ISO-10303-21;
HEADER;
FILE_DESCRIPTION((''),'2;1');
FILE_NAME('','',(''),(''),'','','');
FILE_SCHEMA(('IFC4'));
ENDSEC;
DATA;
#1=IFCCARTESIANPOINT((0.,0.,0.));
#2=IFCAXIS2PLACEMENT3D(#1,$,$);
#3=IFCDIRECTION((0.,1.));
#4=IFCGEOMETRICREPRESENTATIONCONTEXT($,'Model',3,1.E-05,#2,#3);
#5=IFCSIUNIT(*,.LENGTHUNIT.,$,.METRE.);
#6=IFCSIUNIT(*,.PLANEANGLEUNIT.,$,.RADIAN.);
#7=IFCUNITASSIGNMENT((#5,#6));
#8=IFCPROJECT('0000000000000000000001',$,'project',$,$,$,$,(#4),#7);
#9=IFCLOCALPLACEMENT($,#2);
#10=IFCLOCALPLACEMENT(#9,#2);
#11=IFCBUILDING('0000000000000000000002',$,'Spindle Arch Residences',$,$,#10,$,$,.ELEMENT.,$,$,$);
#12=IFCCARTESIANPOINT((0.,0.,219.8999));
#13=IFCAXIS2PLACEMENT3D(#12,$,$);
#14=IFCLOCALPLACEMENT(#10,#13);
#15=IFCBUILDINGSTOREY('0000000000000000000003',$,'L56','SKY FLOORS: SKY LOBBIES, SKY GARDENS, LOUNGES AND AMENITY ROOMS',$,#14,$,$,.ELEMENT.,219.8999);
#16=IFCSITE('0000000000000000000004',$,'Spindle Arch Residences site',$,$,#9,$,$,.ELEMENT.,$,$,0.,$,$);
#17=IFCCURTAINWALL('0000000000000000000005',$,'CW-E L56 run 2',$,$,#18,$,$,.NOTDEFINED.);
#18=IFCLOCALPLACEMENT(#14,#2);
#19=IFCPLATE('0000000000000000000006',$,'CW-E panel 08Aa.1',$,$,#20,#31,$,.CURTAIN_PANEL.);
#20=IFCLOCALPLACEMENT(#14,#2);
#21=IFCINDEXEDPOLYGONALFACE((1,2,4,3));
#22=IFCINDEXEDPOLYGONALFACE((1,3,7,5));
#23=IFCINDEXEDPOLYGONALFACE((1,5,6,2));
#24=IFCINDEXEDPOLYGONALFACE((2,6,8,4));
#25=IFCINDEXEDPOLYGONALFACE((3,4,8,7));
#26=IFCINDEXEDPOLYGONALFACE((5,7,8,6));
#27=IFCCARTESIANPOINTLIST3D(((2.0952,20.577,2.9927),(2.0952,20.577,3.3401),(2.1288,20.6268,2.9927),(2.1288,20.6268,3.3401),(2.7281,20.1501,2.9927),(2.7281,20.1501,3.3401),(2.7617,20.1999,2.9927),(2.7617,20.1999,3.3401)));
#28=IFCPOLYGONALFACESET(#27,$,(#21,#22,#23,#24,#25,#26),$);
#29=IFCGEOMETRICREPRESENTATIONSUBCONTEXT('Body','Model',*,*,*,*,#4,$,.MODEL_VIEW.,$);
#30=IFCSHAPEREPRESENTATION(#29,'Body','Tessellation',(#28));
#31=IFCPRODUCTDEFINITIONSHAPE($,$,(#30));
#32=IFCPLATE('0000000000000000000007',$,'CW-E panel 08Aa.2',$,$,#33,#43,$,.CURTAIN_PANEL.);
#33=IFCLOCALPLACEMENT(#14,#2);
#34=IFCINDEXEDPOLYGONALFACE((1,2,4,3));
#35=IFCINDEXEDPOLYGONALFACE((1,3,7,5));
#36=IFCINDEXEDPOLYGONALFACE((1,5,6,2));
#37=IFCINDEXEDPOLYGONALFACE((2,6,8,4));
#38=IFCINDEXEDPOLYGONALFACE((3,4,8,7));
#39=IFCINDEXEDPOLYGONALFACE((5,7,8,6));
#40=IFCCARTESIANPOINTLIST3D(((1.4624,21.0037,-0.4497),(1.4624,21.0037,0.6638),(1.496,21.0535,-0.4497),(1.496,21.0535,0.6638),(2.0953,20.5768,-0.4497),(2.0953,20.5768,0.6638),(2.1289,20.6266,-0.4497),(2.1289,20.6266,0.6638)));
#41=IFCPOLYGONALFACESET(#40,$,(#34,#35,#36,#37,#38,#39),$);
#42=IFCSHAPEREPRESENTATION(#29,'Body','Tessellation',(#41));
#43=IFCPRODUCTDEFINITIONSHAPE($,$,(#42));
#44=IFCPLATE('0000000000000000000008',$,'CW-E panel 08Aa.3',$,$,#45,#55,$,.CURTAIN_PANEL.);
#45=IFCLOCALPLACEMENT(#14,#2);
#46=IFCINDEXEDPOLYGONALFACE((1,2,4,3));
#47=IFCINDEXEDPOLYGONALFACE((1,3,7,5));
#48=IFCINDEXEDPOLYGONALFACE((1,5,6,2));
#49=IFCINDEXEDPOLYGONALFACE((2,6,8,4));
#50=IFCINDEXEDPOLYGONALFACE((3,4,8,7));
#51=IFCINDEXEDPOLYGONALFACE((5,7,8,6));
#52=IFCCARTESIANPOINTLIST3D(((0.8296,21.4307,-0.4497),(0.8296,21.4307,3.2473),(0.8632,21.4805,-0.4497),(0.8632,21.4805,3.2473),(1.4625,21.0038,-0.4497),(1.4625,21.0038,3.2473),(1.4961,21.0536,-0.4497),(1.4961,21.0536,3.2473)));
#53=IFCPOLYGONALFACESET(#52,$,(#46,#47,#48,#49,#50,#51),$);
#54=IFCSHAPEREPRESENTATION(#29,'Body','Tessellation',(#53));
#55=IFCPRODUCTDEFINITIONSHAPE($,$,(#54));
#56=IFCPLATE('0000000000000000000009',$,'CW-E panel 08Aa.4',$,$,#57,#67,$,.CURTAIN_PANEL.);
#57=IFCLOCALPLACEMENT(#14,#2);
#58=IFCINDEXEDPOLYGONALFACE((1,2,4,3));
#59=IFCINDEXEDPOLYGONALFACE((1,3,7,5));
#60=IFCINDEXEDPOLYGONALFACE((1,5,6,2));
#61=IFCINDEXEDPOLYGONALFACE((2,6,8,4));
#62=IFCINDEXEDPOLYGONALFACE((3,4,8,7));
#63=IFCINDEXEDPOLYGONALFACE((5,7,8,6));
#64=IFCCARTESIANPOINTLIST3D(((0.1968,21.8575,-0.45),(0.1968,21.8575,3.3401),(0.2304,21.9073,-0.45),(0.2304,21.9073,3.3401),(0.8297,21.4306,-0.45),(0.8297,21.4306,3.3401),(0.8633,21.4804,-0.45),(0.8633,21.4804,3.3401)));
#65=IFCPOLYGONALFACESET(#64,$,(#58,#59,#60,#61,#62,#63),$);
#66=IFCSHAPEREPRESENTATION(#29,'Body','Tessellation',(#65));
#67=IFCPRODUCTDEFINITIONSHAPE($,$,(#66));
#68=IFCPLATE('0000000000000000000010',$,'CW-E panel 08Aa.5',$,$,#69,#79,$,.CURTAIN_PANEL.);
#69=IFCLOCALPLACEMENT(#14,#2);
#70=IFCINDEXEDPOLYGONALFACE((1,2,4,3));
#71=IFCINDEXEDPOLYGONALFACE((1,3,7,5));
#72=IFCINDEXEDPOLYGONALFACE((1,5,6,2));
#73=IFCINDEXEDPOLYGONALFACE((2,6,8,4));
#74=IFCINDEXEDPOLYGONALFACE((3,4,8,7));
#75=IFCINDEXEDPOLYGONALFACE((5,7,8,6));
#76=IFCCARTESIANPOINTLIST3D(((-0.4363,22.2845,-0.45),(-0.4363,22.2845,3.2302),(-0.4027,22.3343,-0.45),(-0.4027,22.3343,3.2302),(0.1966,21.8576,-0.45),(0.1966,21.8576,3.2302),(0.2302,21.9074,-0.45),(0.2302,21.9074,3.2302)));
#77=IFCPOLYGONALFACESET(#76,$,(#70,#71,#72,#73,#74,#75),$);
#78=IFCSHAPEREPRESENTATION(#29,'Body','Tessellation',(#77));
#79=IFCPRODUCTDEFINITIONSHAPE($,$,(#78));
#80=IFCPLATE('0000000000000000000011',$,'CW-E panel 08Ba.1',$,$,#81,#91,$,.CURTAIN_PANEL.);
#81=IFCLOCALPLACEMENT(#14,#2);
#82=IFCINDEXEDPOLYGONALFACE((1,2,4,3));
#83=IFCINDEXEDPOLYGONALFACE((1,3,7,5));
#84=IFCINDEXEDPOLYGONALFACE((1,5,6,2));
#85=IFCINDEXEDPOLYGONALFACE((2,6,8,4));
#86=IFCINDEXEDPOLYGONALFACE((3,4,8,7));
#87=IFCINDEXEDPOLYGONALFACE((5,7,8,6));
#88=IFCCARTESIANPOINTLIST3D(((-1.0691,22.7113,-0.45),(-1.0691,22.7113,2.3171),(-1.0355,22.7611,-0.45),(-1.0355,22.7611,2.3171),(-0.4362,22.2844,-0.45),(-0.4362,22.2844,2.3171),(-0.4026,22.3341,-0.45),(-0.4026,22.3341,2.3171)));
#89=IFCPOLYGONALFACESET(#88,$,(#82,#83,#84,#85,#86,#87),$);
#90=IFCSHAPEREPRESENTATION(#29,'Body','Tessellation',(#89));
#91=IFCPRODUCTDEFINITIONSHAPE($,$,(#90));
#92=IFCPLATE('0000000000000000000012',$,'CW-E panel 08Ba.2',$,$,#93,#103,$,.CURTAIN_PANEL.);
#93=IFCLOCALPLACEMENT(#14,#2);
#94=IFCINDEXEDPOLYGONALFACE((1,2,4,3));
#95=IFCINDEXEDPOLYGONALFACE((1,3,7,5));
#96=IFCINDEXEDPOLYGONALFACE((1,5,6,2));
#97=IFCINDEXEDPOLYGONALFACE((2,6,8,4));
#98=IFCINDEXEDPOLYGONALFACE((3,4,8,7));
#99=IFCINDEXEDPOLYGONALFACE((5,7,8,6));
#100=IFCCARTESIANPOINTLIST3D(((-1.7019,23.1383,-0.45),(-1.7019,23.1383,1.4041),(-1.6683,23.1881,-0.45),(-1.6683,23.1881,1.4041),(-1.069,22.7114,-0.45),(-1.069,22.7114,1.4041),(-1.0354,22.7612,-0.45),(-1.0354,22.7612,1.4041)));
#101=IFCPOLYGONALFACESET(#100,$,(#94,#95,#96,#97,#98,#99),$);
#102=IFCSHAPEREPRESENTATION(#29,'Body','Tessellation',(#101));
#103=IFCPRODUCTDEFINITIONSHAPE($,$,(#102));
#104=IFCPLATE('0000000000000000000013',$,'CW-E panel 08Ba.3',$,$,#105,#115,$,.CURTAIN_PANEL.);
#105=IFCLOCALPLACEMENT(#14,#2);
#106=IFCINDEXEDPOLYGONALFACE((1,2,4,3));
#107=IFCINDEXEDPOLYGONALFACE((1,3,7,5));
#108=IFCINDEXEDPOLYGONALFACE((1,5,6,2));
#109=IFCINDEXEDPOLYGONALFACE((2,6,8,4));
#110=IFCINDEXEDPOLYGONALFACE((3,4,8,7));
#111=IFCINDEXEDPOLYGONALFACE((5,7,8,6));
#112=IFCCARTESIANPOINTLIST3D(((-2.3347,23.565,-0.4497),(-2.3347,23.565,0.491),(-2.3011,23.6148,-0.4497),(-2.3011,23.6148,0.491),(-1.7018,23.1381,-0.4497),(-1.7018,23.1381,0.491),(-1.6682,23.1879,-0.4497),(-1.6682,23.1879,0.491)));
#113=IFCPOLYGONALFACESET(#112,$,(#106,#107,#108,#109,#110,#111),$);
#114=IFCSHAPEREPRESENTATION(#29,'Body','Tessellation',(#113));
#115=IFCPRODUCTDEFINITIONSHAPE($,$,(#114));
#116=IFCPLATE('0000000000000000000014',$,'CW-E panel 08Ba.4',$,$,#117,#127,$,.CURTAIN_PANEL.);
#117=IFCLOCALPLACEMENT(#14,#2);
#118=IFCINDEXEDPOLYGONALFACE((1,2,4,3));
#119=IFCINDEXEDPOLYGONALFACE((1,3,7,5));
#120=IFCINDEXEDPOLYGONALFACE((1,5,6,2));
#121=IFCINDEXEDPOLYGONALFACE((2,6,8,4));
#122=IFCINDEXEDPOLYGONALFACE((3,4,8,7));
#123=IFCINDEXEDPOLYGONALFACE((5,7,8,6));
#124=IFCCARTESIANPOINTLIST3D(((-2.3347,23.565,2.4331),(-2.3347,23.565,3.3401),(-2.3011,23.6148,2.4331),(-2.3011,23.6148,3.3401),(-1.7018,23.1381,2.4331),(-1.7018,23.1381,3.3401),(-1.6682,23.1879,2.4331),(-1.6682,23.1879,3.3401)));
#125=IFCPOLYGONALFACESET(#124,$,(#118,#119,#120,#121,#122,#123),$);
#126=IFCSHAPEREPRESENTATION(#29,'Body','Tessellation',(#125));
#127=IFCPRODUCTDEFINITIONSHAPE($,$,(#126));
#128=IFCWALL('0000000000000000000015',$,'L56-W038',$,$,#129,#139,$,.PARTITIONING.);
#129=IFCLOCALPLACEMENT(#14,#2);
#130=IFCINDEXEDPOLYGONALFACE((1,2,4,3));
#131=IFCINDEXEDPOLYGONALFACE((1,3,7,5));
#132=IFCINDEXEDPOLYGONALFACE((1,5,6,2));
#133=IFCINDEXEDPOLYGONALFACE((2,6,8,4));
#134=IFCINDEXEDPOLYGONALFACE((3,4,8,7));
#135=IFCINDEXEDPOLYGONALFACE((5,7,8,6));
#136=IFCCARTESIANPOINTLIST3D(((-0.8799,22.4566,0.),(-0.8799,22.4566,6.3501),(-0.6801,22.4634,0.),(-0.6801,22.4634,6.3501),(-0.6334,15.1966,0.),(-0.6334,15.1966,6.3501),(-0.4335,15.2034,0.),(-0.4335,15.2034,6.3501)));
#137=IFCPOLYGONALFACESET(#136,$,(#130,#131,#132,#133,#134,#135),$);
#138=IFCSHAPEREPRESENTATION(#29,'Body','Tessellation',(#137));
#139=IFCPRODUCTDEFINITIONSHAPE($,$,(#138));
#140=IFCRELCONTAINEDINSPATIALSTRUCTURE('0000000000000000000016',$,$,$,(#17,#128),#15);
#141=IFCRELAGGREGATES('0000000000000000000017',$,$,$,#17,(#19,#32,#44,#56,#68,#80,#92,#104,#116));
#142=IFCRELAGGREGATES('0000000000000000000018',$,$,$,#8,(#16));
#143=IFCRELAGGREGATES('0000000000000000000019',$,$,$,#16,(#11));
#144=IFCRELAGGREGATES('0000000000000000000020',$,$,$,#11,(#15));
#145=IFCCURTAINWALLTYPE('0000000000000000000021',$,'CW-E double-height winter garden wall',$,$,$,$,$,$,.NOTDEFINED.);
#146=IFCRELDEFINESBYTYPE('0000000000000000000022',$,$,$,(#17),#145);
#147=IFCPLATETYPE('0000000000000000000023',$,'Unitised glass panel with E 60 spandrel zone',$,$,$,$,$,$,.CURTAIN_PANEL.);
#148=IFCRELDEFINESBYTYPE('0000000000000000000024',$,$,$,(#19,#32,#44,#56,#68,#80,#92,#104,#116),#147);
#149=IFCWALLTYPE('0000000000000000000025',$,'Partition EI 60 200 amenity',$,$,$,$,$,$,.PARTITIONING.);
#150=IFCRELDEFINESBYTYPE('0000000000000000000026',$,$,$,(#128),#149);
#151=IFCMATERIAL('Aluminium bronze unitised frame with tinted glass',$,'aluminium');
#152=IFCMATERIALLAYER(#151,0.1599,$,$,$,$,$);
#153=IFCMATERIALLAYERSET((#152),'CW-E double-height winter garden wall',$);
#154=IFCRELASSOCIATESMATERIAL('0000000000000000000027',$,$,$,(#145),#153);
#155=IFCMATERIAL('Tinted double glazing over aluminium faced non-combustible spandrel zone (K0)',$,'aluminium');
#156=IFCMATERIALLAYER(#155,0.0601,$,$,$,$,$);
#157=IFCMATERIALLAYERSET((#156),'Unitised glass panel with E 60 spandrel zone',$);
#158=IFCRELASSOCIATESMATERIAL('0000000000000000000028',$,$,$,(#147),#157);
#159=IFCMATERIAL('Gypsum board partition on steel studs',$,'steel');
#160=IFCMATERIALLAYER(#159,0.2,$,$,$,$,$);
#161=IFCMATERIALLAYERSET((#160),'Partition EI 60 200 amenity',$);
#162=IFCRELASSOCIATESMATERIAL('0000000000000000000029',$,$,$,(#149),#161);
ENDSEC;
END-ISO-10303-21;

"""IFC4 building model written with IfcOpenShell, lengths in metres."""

from ifc_helpers import new_model, si_unit, direction, frame, frame_2d, origin, origin_2d, place, context, subcontext, project, spatial, rectangle, extrude, material, layer, layer_set, type_object, element, aggregate, save


model = new_model("IFC4")

# Units and contexts
model_context = context("Model", 3, precision=1e-05, world=origin(), true_north=direction((0.0, 1.0)))
body_context = subcontext(model_context, "Body", "Model", "MODEL_VIEW")
ifc_project = project(units=[si_unit("LENGTHUNIT", "METRE"), si_unit("PLANEANGLEUNIT", "RADIAN")], contexts=[model_context])

# Site, building, storey
site_placement = place(None, origin())
site = spatial("IfcSite", under=ifc_project, at=site_placement, Name="Spindle Arch Residences site", CompositionType="ELEMENT", RefElevation=0.0)
building_placement = place(site_placement, origin())
building = spatial("IfcBuilding", under=site, at=building_placement, Name="Spindle Arch Residences", CompositionType="ELEMENT")
storey_placement = place(building_placement, frame((0.0, 0.0, 219.8999)))
storey = spatial("IfcBuildingStorey", under=building, at=storey_placement, Name="L56", Description="SKY FLOORS: SKY LOBBIES, SKY GARDENS, LOUNGES AND AMENITY ROOMS", CompositionType="ELEMENT", Elevation=219.8999)

# Curtain wall, plates
ifc_material_1 = material(Name="Aluminium bronze unitised frame with tinted glass", Category="aluminium")
ifc_layer_1 = layer(ifc_material_1, 0.1599)
ifc_layer_set_1 = layer_set([ifc_layer_1], Name="CW-E double-height winter garden wall")
curtain_wall_type = type_object("IfcCurtainWallType", Name="CW-E double-height winter garden wall", PredefinedType="NOTDEFINED", material=ifc_layer_set_1)
curtain_wall_placement = place(storey_placement, origin())
curtain_wall = element("IfcCurtainWall", 1, at=curtain_wall_placement, inside=storey, type_object=curtain_wall_type, Name="CW-E L56 run 2", PredefinedType="NOTDEFINED")
ifc_material_2 = material(Name="Tinted double glazing over aluminium faced non-combustible spandrel zone (K0)", Category="aluminium")
ifc_layer_2 = layer(ifc_material_2, 0.0601)
ifc_layer_set_2 = layer_set([ifc_layer_2], Name="Unitised glass panel with E 60 spandrel zone")
plate_type_1 = type_object("IfcPlateType", Name="Unitised glass panel with E 60 spandrel zone", PredefinedType="CURTAIN_PANEL", material=ifc_layer_set_2)
plate_1_placement = place(storey_placement, frame((2.4285, 20.3884, 2.9927), z_axis=(0.0, 0.0, 1.0), x_axis=(-0.829038, 0.559193, 0.0)))
plate_1 = element("IfcPlate", 2, at=plate_1_placement, type_object=plate_type_1, Name="CW-E panel 08Aa.1", PredefinedType="CURTAIN_PANEL", context=body_context, shape_type="SweptSolid", body=[
    extrude(rectangle(XDim=0.7634, YDim=0.0601, at=origin_2d()), origin(), (0.0, 0.0, 1.0), 0.3474),
])
plate_2_placement = place(storey_placement, frame((1.7957, 20.8152, -0.4497), z_axis=(0.0, 0.0, 1.0), x_axis=(-0.829038, 0.559193, 0.0)))
plate_2 = element("IfcPlate", 3, at=plate_2_placement, type_object=plate_type_1, Name="CW-E panel 08Aa.2", PredefinedType="CURTAIN_PANEL", context=body_context, shape_type="SweptSolid", body=[
    extrude(rectangle(XDim=0.7634, YDim=0.0601, at=origin_2d()), origin(), (0.0, 0.0, 1.0), 1.1135),
])
plate_3_placement = place(storey_placement, frame((1.1628, 21.2422, -0.4497), z_axis=(0.0, 0.0, 1.0), x_axis=(-0.829038, 0.559193, 0.0)))
plate_3 = element("IfcPlate", 4, at=plate_3_placement, type_object=plate_type_1, Name="CW-E panel 08Aa.3", PredefinedType="CURTAIN_PANEL", context=body_context, shape_type="SweptSolid", body=[
    extrude(rectangle(XDim=0.7634, YDim=0.0601, at=origin_2d()), origin(), (0.0, 0.0, 1.0), 3.697),
])
plate_4_placement = place(storey_placement, frame((0.53, 21.6689, -0.45), z_axis=(0.0, 0.0, 1.0), x_axis=(-0.829038, 0.559193, 0.0)))
plate_4 = element("IfcPlate", 5, at=plate_4_placement, type_object=plate_type_1, Name="CW-E panel 08Aa.4", PredefinedType="CURTAIN_PANEL", context=body_context, shape_type="SweptSolid", body=[
    extrude(rectangle(XDim=0.7634, YDim=0.0601, at=origin_2d()), origin(), (0.0, 0.0, 1.0), 3.79),
])
plate_5_placement = place(storey_placement, frame((-0.103, 22.0959, -0.45), z_axis=(0.0, 0.0, 1.0), x_axis=(-0.829038, 0.559193, 0.0)))
plate_5 = element("IfcPlate", 6, at=plate_5_placement, type_object=plate_type_1, Name="CW-E panel 08Aa.5", PredefinedType="CURTAIN_PANEL", context=body_context, shape_type="SweptSolid", body=[
    extrude(rectangle(XDim=0.7634, YDim=0.0601, at=origin_2d()), origin(), (0.0, 0.0, 1.0), 3.6802),
])
plate_6_placement = place(storey_placement, frame((-0.7358, 22.5227, -0.45), z_axis=(0.0, 0.0, 1.0), x_axis=(-0.829038, 0.559193, 0.0)))
plate_6 = element("IfcPlate", 7, at=plate_6_placement, type_object=plate_type_1, Name="CW-E panel 08Ba.1", PredefinedType="CURTAIN_PANEL", context=body_context, shape_type="SweptSolid", body=[
    extrude(rectangle(XDim=0.7634, YDim=0.0601, at=origin_2d()), origin(), (0.0, 0.0, 1.0), 2.7671),
])
plate_7_placement = place(storey_placement, frame((-1.3687, 22.9497, -0.45), z_axis=(0.0, 0.0, 1.0), x_axis=(-0.829038, 0.559193, 0.0)))
plate_7 = element("IfcPlate", 8, at=plate_7_placement, type_object=plate_type_1, Name="CW-E panel 08Ba.2", PredefinedType="CURTAIN_PANEL", context=body_context, shape_type="SweptSolid", body=[
    extrude(rectangle(XDim=0.7634, YDim=0.0601, at=origin_2d()), origin(), (0.0, 0.0, 1.0), 1.854),
])
plate_8_placement = place(storey_placement, frame((-2.0015, 23.3765, -0.4497), z_axis=(0.0, 0.0, 1.0), x_axis=(-0.829038, 0.559193, 0.0)))
plate_8 = element("IfcPlate", 9, at=plate_8_placement, type_object=plate_type_1, Name="CW-E panel 08Ba.3", PredefinedType="CURTAIN_PANEL", context=body_context, shape_type="SweptSolid", body=[
    extrude(rectangle(XDim=0.7634, YDim=0.0601, at=origin_2d()), origin(), (0.0, 0.0, 1.0), 0.9407),
])
plate_9_placement = place(storey_placement, frame((-2.0015, 23.3765, 2.4331), z_axis=(0.0, 0.0, 1.0), x_axis=(-0.829038, 0.559193, 0.0)))
plate_9 = element("IfcPlate", 10, at=plate_9_placement, type_object=plate_type_1, Name="CW-E panel 08Ba.4", PredefinedType="CURTAIN_PANEL", context=body_context, shape_type="SweptSolid", body=[
    extrude(rectangle(XDim=0.7634, YDim=0.0601, at=origin_2d()), origin(), (0.0, 0.0, 1.0), 0.907),
])
aggregate(curtain_wall, [plate_1, plate_2, plate_3, plate_4, plate_5, plate_6, plate_7, plate_8, plate_9])

# Wall
ifc_material_3 = material(Name="Gypsum board partition on steel studs", Category="steel")
ifc_layer_3 = layer(ifc_material_3, 0.2)
ifc_layer_set_3 = layer_set([ifc_layer_3], Name="Partition EI 60 200 amenity")
wall_type = type_object("IfcWallType", Name="Partition EI 60 200 amenity", PredefinedType="PARTITIONING", material=ifc_layer_set_3)
wall_placement = place(storey_placement, frame((-0.78, 22.46, 0.0), z_axis=(0.0, 0.0, 1.0), x_axis=(0.033945, -0.999424, 0.0)))
element("IfcWall", 11, at=wall_placement, inside=storey, type_object=wall_type, Name="L56-W038", PredefinedType="PARTITIONING", context=body_context, shape_type="SweptSolid", body=[
    extrude(rectangle(XDim=7.2642, YDim=0.2, at=frame_2d((3.6321, 0.0))), origin(), (0.0, 0.0, 1.0), 6.3501),
])

save(model, "model.ifc")
